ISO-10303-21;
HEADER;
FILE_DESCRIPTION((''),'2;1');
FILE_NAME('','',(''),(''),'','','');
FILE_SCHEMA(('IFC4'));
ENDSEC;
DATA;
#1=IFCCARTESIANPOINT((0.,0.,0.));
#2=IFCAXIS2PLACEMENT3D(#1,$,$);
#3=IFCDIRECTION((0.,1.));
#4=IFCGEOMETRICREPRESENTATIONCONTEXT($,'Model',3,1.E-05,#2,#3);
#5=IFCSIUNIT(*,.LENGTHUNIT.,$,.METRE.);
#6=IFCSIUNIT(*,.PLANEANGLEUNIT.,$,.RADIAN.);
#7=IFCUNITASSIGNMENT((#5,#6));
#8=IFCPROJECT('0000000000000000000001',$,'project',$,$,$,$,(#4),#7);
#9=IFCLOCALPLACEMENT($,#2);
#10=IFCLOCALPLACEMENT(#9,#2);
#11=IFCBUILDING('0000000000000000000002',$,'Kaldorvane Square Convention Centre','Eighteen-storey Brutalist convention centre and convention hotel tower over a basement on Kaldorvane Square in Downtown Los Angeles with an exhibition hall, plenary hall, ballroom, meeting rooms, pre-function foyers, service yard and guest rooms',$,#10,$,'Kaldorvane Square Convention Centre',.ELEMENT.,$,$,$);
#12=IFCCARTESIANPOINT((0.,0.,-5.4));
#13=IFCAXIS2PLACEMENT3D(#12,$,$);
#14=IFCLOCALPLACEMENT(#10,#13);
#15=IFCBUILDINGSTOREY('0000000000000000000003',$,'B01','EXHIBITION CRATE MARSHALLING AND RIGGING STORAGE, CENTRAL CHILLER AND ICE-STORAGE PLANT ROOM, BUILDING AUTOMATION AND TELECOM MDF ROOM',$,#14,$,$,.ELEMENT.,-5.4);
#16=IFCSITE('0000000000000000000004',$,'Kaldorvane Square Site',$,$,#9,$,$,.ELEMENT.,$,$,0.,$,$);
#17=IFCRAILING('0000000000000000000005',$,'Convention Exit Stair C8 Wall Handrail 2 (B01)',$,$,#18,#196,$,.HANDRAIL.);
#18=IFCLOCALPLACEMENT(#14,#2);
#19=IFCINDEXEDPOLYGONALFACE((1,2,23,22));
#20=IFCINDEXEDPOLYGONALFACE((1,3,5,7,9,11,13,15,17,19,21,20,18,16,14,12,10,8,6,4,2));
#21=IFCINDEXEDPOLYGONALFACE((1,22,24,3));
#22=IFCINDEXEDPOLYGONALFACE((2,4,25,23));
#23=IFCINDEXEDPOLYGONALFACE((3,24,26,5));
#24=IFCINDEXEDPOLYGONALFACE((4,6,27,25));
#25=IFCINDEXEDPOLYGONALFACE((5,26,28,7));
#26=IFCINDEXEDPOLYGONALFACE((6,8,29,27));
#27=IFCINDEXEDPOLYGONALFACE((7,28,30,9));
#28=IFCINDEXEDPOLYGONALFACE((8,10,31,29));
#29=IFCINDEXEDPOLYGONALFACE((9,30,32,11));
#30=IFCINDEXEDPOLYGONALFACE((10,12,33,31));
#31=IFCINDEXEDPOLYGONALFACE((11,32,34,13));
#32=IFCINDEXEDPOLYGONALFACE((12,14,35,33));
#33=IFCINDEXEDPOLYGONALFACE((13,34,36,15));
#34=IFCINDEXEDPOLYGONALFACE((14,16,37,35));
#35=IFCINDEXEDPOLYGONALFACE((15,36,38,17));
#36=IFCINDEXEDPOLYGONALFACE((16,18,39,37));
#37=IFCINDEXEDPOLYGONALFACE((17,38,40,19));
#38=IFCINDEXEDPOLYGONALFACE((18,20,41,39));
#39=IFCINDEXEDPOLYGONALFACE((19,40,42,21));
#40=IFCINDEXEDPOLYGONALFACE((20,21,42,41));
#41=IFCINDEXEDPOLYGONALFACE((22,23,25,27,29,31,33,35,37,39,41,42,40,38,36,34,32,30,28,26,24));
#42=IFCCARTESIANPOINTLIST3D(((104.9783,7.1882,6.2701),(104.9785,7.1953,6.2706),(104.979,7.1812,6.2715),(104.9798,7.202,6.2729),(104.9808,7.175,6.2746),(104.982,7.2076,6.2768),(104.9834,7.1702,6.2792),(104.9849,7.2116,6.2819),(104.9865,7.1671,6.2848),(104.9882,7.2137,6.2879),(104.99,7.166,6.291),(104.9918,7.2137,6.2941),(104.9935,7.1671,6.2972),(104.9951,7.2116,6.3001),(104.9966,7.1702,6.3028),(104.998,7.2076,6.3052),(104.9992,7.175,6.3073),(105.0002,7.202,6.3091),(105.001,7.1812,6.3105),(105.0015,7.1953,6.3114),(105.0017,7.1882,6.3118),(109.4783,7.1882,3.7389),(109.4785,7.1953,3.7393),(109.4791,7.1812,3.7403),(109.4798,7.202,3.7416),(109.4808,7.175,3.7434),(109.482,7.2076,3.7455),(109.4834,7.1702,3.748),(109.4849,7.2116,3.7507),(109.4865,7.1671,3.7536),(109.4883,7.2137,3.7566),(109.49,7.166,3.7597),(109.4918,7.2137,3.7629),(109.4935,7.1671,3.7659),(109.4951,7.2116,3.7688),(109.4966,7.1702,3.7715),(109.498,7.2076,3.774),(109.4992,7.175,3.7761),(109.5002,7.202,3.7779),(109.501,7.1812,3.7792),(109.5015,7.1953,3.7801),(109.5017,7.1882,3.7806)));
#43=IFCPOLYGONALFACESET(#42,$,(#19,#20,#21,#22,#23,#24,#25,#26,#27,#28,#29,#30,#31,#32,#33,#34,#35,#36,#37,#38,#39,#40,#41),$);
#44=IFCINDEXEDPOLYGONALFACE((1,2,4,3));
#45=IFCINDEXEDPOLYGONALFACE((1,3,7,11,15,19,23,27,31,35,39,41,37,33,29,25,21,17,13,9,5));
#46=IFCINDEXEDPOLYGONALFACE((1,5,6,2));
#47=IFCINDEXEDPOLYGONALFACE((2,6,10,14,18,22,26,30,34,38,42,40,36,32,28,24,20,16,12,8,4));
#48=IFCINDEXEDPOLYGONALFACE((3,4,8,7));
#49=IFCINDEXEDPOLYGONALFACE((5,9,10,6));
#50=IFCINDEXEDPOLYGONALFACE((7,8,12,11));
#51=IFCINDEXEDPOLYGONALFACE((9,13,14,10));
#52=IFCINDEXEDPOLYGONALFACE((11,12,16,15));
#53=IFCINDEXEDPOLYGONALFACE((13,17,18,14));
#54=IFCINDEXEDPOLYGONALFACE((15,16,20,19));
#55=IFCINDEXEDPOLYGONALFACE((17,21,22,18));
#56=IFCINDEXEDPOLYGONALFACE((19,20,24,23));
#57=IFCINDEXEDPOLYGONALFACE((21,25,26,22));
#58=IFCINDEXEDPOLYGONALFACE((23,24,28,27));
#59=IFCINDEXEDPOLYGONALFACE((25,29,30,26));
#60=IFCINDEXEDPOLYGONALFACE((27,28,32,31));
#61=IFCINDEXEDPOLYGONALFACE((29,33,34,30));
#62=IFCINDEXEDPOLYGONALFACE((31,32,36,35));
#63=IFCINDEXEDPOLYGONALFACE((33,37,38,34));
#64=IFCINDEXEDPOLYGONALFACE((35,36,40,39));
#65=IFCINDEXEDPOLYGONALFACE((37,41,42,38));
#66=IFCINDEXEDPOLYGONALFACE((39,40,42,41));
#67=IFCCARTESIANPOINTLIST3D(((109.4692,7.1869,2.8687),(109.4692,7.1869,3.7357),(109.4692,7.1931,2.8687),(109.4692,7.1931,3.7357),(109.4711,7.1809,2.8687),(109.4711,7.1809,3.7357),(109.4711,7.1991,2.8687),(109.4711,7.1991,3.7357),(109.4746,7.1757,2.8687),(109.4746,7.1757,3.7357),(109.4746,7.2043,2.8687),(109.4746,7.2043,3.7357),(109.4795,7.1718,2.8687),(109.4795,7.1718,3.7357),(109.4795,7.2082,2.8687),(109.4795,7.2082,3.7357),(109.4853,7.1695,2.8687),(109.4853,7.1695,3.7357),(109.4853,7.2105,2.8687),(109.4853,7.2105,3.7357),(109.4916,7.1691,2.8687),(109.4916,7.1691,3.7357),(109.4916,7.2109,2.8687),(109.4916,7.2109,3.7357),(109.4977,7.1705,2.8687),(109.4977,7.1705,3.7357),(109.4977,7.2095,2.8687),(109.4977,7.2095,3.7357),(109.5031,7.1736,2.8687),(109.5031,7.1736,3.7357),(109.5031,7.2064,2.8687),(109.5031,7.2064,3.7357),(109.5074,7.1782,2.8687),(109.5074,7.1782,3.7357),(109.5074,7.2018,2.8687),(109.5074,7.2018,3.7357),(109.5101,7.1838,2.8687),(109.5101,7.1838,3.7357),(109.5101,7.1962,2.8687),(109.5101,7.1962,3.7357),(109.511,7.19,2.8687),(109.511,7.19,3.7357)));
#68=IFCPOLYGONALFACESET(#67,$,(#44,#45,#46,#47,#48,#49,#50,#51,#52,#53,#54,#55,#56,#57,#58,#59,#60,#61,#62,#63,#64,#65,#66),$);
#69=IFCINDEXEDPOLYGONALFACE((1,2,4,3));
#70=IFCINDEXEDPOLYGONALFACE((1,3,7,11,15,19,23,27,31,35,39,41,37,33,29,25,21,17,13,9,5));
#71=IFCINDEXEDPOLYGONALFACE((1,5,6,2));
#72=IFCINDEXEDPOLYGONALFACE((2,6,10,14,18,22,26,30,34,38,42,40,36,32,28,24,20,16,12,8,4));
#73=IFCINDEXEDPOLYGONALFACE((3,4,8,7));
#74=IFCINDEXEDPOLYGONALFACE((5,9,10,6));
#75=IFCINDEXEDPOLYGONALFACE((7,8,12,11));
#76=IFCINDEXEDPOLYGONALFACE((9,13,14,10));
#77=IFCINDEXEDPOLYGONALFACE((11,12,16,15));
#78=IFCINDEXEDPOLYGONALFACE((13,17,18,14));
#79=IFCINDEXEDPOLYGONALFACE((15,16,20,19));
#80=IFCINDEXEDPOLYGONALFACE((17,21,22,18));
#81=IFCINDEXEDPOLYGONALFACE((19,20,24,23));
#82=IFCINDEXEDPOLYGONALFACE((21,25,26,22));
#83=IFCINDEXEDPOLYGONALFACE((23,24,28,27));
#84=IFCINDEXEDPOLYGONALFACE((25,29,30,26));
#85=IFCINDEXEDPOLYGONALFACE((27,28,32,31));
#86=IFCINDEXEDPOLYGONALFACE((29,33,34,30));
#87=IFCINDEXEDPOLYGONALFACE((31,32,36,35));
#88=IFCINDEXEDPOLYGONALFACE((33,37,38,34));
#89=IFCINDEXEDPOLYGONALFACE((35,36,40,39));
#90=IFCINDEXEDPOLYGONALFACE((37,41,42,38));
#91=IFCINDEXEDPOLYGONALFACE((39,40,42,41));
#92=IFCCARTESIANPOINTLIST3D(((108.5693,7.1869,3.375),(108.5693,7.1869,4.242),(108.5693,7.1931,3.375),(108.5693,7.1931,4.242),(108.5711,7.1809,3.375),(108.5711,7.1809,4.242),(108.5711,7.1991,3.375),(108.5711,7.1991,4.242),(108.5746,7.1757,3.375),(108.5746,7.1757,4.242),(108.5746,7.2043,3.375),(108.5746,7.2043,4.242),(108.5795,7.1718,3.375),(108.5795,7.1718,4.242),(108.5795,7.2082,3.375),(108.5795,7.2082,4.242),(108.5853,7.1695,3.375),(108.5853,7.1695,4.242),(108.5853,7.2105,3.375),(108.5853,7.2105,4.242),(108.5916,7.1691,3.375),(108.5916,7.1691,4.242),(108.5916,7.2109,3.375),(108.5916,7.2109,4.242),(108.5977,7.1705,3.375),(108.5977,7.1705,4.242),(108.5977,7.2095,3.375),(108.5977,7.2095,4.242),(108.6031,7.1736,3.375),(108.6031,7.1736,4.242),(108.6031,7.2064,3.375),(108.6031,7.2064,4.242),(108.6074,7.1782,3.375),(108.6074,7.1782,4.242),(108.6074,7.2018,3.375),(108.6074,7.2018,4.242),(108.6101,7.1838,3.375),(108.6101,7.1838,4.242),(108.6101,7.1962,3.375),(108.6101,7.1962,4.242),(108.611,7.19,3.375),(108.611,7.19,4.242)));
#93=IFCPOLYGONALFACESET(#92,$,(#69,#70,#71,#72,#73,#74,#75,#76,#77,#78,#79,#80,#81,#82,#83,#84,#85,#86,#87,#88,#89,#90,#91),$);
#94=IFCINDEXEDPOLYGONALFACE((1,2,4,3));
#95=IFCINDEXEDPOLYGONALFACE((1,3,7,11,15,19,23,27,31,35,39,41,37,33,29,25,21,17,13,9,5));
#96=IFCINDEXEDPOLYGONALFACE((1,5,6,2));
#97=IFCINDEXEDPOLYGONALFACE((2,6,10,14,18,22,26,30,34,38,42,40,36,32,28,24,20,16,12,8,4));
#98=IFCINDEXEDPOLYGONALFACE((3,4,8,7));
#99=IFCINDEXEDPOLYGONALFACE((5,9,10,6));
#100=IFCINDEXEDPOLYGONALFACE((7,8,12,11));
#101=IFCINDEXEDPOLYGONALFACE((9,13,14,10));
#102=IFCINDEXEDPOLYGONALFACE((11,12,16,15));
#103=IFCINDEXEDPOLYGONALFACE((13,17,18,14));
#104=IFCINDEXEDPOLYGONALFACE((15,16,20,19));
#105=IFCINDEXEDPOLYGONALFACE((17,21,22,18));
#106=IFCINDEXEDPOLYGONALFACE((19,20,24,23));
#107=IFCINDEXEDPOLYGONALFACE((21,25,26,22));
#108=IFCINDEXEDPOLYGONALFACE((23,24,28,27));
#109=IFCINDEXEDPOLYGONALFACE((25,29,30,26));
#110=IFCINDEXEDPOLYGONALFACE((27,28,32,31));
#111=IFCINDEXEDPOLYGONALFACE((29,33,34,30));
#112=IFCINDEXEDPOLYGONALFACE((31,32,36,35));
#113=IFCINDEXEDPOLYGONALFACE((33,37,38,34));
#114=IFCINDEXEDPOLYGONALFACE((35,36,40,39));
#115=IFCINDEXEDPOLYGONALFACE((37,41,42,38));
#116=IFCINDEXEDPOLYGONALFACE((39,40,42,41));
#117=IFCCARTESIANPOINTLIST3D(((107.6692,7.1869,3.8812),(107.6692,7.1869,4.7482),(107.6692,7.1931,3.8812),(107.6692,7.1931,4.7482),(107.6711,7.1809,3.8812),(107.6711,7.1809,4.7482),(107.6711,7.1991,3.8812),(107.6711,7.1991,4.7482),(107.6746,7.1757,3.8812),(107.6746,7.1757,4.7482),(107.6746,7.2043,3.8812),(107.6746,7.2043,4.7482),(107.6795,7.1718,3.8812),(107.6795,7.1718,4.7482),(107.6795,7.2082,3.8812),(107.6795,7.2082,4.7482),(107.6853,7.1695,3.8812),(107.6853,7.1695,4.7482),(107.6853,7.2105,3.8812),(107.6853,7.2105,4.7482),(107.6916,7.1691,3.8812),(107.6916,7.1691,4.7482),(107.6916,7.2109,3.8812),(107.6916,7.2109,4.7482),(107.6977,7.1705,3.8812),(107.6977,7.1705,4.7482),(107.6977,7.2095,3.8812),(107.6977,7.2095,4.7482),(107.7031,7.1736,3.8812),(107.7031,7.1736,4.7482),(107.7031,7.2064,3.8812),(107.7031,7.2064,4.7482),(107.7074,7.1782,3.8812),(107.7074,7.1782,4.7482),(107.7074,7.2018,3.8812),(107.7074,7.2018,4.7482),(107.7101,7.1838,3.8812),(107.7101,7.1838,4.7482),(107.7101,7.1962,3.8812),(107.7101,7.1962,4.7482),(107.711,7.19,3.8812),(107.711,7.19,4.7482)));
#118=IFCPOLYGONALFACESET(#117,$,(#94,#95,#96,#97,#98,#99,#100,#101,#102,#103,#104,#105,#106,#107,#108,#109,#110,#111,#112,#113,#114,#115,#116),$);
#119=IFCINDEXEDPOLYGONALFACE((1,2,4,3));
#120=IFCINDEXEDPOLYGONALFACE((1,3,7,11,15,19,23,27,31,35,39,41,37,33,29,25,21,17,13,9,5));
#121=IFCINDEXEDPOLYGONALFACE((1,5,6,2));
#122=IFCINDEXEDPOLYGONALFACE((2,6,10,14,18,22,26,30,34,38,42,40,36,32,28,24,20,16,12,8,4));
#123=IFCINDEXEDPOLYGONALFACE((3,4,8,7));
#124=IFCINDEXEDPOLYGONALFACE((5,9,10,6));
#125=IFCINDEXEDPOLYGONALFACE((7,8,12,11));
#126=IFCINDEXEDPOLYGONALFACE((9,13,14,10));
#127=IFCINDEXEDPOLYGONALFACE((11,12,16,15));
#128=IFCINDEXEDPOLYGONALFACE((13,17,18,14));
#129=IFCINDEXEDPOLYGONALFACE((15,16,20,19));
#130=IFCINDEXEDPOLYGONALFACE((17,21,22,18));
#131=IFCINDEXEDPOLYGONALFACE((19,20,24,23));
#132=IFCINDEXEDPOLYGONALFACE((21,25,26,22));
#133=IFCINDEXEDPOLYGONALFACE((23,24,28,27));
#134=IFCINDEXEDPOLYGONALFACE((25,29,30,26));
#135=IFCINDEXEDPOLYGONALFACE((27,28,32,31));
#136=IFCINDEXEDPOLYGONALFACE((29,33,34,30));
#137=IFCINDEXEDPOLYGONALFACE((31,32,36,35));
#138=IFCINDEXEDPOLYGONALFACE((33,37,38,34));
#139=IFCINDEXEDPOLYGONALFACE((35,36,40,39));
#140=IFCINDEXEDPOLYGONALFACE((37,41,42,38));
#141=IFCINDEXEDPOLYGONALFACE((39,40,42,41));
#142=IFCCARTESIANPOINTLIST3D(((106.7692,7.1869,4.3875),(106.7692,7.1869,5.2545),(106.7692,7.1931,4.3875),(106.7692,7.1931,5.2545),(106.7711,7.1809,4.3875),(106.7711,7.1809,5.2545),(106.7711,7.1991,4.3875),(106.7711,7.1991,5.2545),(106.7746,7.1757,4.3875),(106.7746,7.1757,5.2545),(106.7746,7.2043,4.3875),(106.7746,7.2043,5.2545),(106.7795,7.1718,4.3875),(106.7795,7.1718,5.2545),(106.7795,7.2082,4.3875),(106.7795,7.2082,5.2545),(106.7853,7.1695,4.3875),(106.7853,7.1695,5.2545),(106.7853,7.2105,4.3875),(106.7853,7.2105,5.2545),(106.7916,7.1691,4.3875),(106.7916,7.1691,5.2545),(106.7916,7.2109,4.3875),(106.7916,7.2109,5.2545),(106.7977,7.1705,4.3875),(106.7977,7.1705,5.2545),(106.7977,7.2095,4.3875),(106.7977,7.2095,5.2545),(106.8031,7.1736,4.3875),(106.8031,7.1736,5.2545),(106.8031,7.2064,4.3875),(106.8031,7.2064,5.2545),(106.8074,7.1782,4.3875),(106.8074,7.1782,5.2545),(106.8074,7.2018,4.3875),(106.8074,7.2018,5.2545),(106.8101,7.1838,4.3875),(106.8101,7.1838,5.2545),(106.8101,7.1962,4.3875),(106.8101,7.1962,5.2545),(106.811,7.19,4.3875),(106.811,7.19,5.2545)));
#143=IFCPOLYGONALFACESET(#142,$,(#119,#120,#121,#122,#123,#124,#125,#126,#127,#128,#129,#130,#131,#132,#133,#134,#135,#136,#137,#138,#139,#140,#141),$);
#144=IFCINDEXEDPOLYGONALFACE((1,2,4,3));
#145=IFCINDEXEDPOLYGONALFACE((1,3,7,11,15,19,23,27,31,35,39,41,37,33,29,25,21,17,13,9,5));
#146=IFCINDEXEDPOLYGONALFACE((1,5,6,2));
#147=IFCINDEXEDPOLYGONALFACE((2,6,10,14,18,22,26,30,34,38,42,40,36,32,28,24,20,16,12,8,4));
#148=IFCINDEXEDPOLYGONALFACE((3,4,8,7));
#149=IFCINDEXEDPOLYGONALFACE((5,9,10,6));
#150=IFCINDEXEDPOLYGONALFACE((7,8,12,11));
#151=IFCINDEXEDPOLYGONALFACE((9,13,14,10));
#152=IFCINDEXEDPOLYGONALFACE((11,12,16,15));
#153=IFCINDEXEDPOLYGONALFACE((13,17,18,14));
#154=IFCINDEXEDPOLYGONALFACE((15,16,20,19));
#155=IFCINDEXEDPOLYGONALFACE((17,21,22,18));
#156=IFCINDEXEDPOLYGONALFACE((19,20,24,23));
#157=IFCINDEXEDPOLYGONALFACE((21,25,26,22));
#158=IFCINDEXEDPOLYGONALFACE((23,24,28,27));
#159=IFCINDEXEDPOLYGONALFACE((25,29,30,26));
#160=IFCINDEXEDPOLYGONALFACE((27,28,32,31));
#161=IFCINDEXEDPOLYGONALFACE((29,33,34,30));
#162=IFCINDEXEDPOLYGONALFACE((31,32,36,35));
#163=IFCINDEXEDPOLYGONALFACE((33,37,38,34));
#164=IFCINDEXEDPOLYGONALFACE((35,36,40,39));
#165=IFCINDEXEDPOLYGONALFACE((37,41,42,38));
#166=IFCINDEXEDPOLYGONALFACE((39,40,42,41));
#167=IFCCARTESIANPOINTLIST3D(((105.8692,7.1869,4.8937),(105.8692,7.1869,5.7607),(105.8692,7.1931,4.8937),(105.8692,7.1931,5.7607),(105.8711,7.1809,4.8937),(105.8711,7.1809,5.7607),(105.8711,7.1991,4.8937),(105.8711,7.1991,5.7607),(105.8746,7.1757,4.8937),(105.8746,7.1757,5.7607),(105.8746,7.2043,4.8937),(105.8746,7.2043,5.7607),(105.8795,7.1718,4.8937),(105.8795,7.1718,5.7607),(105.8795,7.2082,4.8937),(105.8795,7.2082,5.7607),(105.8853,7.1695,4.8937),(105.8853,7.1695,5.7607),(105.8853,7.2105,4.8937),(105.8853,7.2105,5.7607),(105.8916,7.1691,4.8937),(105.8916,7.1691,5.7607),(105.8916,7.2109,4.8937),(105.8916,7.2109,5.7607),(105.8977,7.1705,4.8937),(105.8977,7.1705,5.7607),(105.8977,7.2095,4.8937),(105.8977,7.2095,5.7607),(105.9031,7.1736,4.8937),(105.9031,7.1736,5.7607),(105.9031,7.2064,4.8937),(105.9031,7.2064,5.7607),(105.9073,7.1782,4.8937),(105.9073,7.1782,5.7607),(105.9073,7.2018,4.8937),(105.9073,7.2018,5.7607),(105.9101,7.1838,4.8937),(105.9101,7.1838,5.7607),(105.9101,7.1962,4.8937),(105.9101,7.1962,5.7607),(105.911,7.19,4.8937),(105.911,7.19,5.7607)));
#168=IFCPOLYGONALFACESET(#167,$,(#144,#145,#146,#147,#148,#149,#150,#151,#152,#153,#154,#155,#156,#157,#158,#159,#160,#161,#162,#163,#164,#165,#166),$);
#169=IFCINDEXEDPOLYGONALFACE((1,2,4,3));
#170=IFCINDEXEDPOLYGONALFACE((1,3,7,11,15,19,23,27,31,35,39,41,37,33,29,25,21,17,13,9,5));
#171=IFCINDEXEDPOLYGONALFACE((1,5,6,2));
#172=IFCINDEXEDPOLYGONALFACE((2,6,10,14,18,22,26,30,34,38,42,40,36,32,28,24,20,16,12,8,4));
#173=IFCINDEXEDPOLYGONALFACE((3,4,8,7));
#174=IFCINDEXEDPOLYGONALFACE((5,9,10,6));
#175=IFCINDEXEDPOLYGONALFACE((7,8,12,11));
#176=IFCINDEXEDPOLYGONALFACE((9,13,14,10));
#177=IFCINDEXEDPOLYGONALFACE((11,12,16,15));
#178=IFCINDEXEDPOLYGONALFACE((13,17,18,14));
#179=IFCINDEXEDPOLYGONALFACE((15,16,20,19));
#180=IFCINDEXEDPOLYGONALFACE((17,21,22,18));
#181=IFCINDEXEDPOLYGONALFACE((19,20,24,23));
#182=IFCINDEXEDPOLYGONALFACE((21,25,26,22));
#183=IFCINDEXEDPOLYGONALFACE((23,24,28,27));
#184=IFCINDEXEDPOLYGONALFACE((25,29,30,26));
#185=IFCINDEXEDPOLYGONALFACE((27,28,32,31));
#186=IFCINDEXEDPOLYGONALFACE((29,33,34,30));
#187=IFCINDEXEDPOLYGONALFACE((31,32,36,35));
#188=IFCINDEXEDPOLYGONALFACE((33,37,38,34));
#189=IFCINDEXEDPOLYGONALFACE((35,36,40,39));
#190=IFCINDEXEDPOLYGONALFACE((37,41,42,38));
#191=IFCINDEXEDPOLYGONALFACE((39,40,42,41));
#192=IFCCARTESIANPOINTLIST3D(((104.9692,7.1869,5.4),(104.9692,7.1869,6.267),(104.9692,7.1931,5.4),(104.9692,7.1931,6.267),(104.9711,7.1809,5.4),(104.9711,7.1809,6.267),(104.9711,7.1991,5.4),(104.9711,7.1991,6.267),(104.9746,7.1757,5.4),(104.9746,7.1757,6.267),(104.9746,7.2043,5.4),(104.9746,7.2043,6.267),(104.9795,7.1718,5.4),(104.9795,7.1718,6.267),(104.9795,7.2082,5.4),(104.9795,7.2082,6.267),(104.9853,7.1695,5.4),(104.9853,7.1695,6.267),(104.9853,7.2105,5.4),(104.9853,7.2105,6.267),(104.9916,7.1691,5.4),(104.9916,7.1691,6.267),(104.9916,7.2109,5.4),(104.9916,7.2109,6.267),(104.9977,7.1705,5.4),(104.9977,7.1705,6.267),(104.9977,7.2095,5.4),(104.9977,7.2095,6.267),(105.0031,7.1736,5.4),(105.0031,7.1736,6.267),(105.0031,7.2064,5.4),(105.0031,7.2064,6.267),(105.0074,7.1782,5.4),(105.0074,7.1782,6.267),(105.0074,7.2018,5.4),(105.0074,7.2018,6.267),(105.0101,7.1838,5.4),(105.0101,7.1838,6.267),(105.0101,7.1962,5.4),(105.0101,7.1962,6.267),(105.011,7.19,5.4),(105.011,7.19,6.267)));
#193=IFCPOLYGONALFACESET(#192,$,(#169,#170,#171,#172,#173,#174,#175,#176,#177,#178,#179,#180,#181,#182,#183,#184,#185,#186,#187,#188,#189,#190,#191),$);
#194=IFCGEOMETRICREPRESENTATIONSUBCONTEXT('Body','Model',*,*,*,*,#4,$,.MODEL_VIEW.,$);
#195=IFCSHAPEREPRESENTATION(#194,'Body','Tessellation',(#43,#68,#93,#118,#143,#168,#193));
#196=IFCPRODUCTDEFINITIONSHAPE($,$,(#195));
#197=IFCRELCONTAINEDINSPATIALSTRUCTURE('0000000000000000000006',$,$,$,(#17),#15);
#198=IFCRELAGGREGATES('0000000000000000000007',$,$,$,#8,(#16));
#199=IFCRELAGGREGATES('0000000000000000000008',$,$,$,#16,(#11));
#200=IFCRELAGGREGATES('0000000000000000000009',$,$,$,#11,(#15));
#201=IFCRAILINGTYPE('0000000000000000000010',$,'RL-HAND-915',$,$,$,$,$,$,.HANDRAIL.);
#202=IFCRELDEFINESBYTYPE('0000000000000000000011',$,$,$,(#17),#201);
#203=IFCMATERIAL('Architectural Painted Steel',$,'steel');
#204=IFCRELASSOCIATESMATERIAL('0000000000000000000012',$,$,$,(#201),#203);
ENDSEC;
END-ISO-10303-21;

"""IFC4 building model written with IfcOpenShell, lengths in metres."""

from ifc_helpers import new_model, si_unit, direction, frame, origin, origin_2d, place, context, subcontext, project, spatial, circle, extrude, material, type_object, element, save


model = new_model("IFC4")

# Units and contexts
model_context = context("Model", 3, precision=1e-05, world=origin(), true_north=direction((0.0, 1.0)))
body_context = subcontext(model_context, "Body", "Model", "MODEL_VIEW")
ifc_project = project(units=[si_unit("LENGTHUNIT", "METRE"), si_unit("PLANEANGLEUNIT", "RADIAN")], contexts=[model_context])

# Site, building, storey
site_placement = place(None, origin())
site = spatial("IfcSite", under=ifc_project, at=site_placement, Name="Kaldorvane Square Site", CompositionType="ELEMENT", RefElevation=0.0)
building_placement = place(site_placement, origin())
building = spatial("IfcBuilding", under=site, at=building_placement, Name="Kaldorvane Square Convention Centre", Description="Eighteen-storey Brutalist convention centre and convention hotel tower over a basement on Kaldorvane Square in Downtown Los Angeles with an exhibition hall, plenary hall, ballroom, meeting rooms, pre-function foyers, service yard and guest rooms", LongName="Kaldorvane Square Convention Centre", CompositionType="ELEMENT")
storey_placement = place(building_placement, frame((0.0, 0.0, -5.4)))
storey = spatial("IfcBuildingStorey", under=building, at=storey_placement, Name="B01", Description="EXHIBITION CRATE MARSHALLING AND RIGGING STORAGE, CENTRAL CHILLER AND ICE-STORAGE PLANT ROOM, BUILDING AUTOMATION AND TELECOM MDF ROOM", CompositionType="ELEMENT", Elevation=-5.4)

# Railing
ifc_material_1 = material(Name="Architectural Painted Steel", Category="steel")
railing_type = type_object("IfcRailingType", Name="RL-HAND-915", PredefinedType="HANDRAIL", material=ifc_material_1)
for number, where, name in (
    (1, (109.49, 7.19, 2.8687), "Convention Exit Stair C8 Wall Handrail 2 (B01)"),
):
    element("IfcRailing", number, at=place(storey_placement, frame(where)), inside=storey, type_object=railing_type, Name=name, PredefinedType="HANDRAIL", context=body_context, shape_type="SweptSolid", body=[
        extrude(circle(Radius=0.024, at=origin_2d()), frame((0.0, 0.0, 0.891), z_axis=(-0.871576, 0.0, 0.490261), x_axis=(0.0, -1.0, 0.0)), (0.0, 0.0, 1.0), 5.1631),
        extrude(circle(Radius=0.021, at=origin_2d()), origin(), (0.0, 0.0, 1.0), 0.867),
        extrude(circle(Radius=0.021, at=origin_2d()), frame((-0.9, 0.0, 0.5063)), (0.0, 0.0, 1.0), 0.867),
        extrude(circle(Radius=0.021, at=origin_2d()), frame((-1.8, 0.0, 1.0125)), (0.0, 0.0, 1.0), 0.867),
        extrude(circle(Radius=0.021, at=origin_2d()), frame((-2.7, 0.0, 1.5188)), (0.0, 0.0, 1.0), 0.867),
        extrude(circle(Radius=0.021, at=origin_2d()), frame((-3.6, 0.0, 2.025)), (0.0, 0.0, 1.0), 0.867),
        extrude(circle(Radius=0.021, at=origin_2d()), frame((-4.5, 0.0, 2.5312)), (0.0, 0.0, 1.0), 0.867),
    ])

save(model, "model.ifc")
